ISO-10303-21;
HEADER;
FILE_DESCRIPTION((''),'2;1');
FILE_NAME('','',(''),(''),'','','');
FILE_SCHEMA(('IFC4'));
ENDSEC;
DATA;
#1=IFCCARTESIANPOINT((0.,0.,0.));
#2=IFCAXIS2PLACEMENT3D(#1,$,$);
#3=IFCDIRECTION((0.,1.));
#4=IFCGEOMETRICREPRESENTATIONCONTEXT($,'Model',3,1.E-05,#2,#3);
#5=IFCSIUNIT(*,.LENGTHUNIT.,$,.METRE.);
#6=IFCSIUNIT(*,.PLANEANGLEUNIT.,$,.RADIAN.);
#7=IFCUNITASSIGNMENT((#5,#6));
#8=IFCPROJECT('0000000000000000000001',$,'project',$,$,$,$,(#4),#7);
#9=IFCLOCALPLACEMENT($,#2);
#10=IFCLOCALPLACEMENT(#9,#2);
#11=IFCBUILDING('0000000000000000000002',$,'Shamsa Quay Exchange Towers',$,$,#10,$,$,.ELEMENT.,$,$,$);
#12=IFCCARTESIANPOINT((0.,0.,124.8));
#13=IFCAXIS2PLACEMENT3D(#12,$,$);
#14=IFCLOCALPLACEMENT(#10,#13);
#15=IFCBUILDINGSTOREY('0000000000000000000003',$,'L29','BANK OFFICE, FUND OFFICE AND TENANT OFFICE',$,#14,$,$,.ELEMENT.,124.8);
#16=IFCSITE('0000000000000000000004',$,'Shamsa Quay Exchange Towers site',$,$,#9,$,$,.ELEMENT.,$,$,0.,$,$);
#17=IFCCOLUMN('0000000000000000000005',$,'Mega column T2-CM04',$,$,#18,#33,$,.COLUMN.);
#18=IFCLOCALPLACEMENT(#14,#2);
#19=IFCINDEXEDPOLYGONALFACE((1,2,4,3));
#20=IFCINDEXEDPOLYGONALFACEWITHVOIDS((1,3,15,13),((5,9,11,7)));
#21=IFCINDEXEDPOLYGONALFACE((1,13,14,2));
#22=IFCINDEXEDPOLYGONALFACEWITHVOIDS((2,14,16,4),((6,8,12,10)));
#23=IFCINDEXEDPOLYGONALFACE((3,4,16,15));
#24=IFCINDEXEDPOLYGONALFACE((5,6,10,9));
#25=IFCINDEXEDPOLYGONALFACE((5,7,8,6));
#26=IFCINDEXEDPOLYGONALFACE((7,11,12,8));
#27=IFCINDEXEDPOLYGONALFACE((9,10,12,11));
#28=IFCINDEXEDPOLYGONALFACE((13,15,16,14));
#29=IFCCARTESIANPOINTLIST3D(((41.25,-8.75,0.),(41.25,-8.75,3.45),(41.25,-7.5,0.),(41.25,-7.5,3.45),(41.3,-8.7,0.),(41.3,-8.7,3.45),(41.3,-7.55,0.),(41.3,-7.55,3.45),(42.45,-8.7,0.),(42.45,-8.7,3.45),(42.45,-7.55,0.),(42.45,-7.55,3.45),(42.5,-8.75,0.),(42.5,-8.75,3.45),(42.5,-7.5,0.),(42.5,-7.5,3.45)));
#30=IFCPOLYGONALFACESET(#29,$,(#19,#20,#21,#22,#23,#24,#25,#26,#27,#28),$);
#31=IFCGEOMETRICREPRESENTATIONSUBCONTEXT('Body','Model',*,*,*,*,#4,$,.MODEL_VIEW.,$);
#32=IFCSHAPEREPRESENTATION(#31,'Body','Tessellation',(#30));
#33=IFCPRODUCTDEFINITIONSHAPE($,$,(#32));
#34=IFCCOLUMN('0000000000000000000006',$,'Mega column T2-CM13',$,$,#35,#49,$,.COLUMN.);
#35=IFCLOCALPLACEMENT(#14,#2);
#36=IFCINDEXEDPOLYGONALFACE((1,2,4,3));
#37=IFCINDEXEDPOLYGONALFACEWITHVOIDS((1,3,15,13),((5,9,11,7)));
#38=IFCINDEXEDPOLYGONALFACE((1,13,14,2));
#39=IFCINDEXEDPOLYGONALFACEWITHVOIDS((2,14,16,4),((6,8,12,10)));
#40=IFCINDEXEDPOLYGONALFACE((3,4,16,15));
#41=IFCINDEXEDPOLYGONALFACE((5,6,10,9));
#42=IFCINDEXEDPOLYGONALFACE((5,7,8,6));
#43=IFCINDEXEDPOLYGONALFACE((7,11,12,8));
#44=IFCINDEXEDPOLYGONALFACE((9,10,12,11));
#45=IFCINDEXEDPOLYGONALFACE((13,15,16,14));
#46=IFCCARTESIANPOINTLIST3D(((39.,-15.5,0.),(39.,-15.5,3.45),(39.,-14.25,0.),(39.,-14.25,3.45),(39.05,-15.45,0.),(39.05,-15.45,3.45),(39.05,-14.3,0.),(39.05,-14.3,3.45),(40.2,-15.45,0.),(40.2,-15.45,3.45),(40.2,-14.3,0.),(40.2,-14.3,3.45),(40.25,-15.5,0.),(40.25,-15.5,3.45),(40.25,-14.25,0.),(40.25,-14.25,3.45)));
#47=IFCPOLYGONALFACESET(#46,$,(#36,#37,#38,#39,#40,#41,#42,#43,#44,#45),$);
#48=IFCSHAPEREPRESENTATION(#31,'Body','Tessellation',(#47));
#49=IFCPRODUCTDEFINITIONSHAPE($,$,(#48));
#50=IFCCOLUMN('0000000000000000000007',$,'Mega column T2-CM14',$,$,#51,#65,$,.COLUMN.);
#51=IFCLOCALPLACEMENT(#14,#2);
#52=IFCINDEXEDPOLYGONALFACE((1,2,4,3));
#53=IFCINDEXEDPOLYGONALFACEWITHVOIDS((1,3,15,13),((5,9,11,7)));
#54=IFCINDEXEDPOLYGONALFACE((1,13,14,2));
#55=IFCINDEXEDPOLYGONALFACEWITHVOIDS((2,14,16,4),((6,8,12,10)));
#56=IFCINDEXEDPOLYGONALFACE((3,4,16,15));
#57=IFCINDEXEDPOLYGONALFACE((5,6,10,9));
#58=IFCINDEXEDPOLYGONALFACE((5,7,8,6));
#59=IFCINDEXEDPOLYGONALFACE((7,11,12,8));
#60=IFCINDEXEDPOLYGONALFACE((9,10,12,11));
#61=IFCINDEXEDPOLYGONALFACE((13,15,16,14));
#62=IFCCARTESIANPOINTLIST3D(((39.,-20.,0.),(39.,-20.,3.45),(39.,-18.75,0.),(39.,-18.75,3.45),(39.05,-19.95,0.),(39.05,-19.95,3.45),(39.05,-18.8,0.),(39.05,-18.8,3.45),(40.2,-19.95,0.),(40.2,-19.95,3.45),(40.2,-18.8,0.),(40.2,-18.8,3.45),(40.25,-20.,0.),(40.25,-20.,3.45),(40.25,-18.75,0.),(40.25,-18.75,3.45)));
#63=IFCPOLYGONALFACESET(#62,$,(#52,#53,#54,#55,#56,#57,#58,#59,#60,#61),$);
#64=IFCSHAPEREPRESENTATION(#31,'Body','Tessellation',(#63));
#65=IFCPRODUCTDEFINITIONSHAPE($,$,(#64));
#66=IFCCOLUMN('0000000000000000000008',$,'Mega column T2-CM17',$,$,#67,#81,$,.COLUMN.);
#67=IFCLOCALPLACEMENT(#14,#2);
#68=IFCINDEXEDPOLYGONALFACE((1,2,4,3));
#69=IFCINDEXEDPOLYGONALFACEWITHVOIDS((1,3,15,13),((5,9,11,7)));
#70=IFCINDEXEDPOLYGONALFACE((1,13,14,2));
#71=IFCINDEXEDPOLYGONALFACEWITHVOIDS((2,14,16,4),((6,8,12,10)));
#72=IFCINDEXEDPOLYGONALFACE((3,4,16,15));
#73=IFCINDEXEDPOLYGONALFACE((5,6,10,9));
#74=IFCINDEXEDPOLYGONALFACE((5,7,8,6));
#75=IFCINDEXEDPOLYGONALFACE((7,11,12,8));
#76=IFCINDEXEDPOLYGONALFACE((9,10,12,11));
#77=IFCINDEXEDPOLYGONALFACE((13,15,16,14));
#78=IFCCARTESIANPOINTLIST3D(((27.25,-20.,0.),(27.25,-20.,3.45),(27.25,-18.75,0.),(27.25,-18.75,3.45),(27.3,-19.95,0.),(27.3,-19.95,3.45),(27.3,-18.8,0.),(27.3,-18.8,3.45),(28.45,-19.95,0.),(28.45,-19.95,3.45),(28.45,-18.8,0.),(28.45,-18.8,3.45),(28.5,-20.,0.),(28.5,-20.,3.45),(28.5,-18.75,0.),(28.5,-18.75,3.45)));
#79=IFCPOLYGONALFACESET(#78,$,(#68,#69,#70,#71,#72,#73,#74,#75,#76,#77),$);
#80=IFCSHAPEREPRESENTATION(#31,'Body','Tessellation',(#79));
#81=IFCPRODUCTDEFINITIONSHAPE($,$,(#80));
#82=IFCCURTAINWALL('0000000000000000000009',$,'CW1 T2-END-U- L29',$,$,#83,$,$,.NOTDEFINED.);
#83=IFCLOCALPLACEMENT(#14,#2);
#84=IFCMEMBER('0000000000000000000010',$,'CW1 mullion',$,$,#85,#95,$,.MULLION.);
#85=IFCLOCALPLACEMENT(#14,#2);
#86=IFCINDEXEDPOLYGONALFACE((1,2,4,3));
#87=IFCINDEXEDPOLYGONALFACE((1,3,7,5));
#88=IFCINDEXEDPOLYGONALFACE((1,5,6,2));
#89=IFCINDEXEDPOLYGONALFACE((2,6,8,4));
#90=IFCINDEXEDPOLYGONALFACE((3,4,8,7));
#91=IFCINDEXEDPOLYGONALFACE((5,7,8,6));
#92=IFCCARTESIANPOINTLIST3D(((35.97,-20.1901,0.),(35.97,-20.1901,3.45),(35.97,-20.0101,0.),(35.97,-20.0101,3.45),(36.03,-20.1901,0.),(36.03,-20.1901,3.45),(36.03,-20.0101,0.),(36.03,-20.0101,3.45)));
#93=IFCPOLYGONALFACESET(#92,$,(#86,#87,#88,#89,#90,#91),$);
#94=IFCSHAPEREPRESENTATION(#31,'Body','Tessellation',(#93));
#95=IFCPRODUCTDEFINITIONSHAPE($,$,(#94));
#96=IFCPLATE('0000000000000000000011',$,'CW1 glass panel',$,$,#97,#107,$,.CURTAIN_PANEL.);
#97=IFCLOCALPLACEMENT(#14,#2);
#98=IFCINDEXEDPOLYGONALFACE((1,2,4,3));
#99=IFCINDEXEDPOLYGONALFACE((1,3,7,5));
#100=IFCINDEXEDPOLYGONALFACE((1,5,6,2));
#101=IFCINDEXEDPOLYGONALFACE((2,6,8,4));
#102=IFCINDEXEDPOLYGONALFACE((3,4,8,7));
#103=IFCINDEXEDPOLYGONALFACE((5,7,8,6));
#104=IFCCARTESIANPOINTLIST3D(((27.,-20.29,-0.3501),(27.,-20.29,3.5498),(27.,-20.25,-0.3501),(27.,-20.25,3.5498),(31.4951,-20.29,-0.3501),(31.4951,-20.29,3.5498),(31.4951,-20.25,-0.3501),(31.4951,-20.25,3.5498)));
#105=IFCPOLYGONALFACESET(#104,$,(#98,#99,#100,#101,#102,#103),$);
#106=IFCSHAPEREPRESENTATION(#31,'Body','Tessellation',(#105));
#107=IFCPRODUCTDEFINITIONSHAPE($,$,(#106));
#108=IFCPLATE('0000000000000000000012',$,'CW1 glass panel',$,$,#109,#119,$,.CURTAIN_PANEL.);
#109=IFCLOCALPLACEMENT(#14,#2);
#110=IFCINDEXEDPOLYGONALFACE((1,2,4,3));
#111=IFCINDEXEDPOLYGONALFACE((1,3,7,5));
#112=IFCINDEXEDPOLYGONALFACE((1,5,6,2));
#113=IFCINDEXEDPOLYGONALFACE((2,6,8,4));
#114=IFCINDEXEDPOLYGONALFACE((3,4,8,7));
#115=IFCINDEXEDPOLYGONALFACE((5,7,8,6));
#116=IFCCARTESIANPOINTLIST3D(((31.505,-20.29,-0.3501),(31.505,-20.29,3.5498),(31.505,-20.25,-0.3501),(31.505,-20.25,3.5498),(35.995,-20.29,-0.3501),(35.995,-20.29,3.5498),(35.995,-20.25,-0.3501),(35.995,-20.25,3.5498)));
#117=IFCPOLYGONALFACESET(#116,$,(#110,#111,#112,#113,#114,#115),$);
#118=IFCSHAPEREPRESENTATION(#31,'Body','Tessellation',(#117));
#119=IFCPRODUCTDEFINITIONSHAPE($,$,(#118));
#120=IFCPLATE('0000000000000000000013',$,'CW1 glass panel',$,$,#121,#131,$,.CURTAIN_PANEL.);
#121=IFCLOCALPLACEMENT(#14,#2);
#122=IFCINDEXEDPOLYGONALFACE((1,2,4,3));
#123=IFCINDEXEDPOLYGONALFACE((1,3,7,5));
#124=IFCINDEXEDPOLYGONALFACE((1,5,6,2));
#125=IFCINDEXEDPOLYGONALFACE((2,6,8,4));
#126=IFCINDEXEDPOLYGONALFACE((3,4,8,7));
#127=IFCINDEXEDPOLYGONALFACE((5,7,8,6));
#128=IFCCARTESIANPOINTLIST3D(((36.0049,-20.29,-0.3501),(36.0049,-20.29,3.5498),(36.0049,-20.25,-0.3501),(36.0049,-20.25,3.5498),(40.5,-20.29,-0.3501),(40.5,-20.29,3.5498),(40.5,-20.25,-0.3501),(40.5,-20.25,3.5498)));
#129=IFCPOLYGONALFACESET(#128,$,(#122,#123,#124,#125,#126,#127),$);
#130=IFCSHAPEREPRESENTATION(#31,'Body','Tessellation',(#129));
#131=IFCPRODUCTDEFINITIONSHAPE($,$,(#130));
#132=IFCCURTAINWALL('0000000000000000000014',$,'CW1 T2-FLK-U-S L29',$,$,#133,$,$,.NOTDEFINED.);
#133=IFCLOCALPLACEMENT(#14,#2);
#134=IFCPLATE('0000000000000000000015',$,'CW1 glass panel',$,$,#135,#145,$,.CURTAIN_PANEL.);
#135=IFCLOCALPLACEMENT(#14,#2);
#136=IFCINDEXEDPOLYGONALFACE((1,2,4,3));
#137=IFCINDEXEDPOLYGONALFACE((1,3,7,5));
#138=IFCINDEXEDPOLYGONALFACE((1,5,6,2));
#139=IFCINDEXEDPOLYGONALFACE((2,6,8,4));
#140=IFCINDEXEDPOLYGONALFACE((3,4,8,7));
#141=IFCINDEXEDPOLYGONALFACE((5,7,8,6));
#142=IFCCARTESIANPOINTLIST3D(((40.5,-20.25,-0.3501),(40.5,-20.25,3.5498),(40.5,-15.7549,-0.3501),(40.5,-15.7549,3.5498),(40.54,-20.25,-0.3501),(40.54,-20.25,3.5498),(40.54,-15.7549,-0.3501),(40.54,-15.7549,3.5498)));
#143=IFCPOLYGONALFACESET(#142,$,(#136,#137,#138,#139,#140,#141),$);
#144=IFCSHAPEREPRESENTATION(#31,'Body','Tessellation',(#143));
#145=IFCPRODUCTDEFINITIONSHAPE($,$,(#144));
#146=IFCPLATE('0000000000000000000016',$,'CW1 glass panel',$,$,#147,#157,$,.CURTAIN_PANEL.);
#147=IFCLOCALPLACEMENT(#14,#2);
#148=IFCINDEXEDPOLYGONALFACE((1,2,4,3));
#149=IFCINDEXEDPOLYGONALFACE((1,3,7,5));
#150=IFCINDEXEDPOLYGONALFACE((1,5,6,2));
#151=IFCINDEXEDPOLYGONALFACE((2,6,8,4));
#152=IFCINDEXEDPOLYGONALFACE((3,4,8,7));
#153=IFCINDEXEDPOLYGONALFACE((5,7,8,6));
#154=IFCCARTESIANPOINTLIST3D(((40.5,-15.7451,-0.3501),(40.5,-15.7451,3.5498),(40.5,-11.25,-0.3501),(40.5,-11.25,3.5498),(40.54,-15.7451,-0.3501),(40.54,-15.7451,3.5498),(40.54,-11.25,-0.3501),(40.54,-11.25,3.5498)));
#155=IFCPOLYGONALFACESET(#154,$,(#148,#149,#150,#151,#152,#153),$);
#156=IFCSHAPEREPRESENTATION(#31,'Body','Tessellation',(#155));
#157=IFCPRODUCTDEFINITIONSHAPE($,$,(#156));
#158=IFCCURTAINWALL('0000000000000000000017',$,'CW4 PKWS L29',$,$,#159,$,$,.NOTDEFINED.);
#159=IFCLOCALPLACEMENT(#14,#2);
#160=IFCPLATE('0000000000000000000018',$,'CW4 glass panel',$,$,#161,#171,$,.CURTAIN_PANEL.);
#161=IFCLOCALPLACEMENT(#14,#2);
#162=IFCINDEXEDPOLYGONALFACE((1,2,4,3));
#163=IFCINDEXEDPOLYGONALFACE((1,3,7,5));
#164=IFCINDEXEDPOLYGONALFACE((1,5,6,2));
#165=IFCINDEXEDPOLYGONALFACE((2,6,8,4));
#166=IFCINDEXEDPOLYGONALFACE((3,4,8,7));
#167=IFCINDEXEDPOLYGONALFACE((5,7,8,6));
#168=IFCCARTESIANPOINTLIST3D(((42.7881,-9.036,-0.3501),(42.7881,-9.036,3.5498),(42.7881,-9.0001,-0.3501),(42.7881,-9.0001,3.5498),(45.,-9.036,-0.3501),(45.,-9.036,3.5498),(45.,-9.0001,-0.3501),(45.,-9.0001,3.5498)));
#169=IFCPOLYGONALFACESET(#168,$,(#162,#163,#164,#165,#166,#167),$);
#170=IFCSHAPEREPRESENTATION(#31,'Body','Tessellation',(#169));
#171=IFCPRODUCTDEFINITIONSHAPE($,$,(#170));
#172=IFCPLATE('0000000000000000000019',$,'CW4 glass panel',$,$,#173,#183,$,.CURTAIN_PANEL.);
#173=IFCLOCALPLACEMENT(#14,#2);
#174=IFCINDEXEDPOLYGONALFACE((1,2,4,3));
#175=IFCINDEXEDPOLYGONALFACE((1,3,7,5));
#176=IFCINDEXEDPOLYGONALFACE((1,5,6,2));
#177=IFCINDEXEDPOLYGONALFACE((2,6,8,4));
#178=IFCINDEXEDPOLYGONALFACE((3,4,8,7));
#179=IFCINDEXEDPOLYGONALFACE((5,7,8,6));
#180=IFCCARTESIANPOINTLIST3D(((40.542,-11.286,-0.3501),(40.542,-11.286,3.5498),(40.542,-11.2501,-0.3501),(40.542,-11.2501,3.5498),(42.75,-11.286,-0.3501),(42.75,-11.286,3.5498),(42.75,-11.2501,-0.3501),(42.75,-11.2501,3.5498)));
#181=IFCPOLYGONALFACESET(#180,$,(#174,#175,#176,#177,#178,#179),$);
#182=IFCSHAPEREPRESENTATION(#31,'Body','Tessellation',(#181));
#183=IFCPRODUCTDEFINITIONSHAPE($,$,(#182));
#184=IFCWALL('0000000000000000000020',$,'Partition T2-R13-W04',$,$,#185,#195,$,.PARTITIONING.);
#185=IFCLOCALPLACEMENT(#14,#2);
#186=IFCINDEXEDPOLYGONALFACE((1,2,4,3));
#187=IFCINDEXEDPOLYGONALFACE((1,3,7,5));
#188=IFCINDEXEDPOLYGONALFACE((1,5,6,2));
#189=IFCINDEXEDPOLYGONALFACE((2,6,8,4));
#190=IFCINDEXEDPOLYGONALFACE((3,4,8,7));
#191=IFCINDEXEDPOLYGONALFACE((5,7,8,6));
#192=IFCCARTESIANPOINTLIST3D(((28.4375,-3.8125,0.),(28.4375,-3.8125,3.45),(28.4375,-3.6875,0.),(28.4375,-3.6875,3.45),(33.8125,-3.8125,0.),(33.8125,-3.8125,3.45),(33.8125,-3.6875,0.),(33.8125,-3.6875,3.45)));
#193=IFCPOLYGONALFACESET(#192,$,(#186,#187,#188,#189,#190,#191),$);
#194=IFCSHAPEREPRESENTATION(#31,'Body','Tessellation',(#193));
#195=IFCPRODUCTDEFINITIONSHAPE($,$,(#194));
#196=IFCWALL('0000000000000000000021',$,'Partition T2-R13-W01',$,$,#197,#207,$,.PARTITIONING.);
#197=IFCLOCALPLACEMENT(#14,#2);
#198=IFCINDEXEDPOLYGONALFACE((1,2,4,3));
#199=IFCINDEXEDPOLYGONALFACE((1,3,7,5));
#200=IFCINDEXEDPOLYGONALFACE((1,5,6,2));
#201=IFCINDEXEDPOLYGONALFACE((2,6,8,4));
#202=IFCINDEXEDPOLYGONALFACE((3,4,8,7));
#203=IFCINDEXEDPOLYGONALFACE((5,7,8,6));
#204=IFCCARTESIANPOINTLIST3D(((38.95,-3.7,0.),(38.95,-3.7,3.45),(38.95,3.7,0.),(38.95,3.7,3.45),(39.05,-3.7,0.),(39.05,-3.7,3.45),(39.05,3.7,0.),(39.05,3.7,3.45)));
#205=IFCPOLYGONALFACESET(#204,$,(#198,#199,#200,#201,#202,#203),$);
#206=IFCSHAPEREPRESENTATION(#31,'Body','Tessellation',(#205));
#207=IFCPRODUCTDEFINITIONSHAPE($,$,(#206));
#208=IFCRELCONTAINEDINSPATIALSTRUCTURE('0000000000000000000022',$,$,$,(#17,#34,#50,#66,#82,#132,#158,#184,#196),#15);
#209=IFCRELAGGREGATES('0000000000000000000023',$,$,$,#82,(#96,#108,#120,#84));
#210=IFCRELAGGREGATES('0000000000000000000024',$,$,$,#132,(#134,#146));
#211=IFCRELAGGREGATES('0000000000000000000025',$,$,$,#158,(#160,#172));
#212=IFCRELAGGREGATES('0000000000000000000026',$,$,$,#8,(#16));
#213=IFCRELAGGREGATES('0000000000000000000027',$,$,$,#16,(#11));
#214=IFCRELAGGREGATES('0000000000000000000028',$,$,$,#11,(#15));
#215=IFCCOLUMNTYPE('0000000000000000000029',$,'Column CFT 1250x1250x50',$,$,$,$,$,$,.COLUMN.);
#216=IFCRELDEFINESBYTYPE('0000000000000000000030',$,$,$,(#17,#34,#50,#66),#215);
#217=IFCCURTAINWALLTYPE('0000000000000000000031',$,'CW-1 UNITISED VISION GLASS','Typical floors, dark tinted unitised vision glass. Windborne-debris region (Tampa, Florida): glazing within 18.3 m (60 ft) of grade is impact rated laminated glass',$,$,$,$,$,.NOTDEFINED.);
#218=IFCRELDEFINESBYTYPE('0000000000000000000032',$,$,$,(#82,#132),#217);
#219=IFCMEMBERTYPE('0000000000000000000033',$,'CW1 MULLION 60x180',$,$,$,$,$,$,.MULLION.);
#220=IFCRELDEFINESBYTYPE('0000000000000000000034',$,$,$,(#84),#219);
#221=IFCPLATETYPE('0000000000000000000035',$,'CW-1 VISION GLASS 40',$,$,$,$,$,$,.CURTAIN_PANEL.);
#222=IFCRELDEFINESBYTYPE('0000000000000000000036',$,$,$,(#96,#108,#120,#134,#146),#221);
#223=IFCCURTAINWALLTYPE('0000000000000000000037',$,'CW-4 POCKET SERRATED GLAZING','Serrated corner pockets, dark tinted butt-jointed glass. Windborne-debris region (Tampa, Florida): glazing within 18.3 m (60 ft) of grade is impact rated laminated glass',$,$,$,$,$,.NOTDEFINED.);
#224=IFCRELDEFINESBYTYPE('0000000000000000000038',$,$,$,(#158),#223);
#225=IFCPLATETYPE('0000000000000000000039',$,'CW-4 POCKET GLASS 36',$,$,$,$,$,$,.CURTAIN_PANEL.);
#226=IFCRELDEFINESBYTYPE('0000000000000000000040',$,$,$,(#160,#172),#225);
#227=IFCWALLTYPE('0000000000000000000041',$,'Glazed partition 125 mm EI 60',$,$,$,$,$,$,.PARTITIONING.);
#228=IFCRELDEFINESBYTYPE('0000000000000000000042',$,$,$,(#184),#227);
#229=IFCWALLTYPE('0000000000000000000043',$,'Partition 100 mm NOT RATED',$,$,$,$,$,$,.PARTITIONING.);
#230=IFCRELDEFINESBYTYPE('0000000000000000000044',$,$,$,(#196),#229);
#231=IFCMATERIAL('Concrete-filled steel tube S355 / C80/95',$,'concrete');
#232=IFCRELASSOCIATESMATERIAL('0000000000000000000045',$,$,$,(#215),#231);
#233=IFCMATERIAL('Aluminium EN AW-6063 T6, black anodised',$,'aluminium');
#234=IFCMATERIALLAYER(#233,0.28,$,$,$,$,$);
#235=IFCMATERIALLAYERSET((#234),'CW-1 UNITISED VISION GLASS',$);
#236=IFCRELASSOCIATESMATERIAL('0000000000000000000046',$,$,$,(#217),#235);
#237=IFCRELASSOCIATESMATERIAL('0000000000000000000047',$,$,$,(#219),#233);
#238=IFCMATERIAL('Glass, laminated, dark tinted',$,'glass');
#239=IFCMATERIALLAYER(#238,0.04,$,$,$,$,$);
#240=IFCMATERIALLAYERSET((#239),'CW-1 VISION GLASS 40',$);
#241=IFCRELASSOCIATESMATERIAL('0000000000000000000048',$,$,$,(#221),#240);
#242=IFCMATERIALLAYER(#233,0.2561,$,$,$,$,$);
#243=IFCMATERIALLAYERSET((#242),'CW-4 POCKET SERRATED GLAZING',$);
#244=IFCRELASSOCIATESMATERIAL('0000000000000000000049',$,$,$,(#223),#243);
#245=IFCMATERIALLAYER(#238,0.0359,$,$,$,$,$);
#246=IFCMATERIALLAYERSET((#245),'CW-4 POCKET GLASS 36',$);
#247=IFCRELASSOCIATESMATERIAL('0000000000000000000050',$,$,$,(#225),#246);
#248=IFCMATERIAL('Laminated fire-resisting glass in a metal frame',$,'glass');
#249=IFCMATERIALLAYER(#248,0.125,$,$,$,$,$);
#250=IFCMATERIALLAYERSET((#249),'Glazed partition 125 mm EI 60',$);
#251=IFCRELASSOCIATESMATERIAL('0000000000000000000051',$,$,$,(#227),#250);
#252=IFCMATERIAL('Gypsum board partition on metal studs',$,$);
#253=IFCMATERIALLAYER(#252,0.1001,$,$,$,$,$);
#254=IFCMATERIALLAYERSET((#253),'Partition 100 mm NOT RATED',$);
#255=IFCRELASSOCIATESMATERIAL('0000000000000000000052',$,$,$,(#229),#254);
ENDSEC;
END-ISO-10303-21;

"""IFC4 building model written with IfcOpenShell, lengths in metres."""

from ifc_helpers import new_model, si_unit, direction, frame, frame_2d, origin, origin_2d, place, context, subcontext, project, spatial, rectangle, hollow_rectangle, extrude, material, layer, layer_set, material_profile, profile_set, type_object, element, aggregate, save


model = new_model("IFC4")

# Units and contexts
model_context = context("Model", 3, precision=1e-05, world=origin(), true_north=direction((0.0, 1.0)))
body_context = subcontext(model_context, "Body", "Model", "MODEL_VIEW")
ifc_project = project(units=[si_unit("LENGTHUNIT", "METRE"), si_unit("PLANEANGLEUNIT", "RADIAN")], contexts=[model_context])

# Site, building, storey
site_placement = place(None, origin())
site = spatial("IfcSite", under=ifc_project, at=site_placement, Name="Shamsa Quay Exchange Towers site", CompositionType="ELEMENT", RefElevation=0.0)
building_placement = place(site_placement, origin())
building = spatial("IfcBuilding", under=site, at=building_placement, Name="Shamsa Quay Exchange Towers", CompositionType="ELEMENT")
storey_placement = place(building_placement, frame((0.0, 0.0, 124.8)))
storey = spatial("IfcBuildingStorey", under=building, at=storey_placement, Name="L29", Description="BANK OFFICE, FUND OFFICE AND TENANT OFFICE", CompositionType="ELEMENT", Elevation=124.8)

# Columns
ifc_material_1 = material(Name="Concrete-filled steel tube S355 / C80/95", Category="concrete")
ifc_material_profile_1 = material_profile(ifc_material_1, hollow_rectangle(XDim=1.25, YDim=1.25, WallThickness=0.05, at=origin_2d()), Name="CFT 1250x1250x50")
ifc_profile_set_1 = profile_set([ifc_material_profile_1], Name="Concrete-filled steel tube S355 / C80/95")
column_type = type_object("IfcColumnType", Name="Column CFT 1250x1250x50", PredefinedType="COLUMN", material=ifc_profile_set_1)
for number, where, name in (
    (1, (41.875, -8.125, 0.0), "Mega column T2-CM04"),
    (2, (39.625, -14.875, 0.0), "Mega column T2-CM13"),
    (3, (39.625, -19.375, 0.0), "Mega column T2-CM14"),
    (4, (27.875, -19.375, 0.0), "Mega column T2-CM17"),
):
    element("IfcColumn", number, at=place(storey_placement, frame(where)), inside=storey, type_object=column_type, Name=name, PredefinedType="COLUMN", context=body_context, shape_type="SweptSolid", body=[
        extrude(hollow_rectangle(XDim=1.25, YDim=1.25, WallThickness=0.05, at=origin_2d()), origin(), (0.0, 0.0, 1.0), 3.45),
    ])

# Curtain wall, member, plates
ifc_material_2 = material(Name="Aluminium EN AW-6063 T6, black anodised", Category="aluminium")
ifc_layer_1 = layer(ifc_material_2, 0.28)
ifc_layer_set_1 = layer_set([ifc_layer_1], Name="CW-1 UNITISED VISION GLASS")
curtain_wall_type_1 = type_object("IfcCurtainWallType", Name="CW-1 UNITISED VISION GLASS", Description="Typical floors, dark tinted unitised vision glass. Windborne-debris region (Tampa, Florida): glazing within 18.3 m (60 ft) of grade is impact rated laminated glass", PredefinedType="NOTDEFINED", material=ifc_layer_set_1)
curtain_wall_1_placement = place(storey_placement, origin())
curtain_wall_1 = element("IfcCurtainWall", 5, at=curtain_wall_1_placement, inside=storey, type_object=curtain_wall_type_1, Name="CW1 T2-END-U- L29", PredefinedType="NOTDEFINED")
ifc_material_profile_2 = material_profile(ifc_material_2, rectangle(XDim=0.1799, YDim=0.0601, at=origin_2d()), Name="MU60x180")
ifc_profile_set_2 = profile_set([ifc_material_profile_2], Name="Aluminium EN AW-6063 T6, black anodised")
member_type = type_object("IfcMemberType", Name="CW1 MULLION 60x180", PredefinedType="MULLION", material=ifc_profile_set_2)
member_placement = place(storey_placement, frame((36.0, -20.1001, 0.0), z_axis=(0.0, 0.0, 1.0), x_axis=(0.0, 1.0, 0.0)))
member = element("IfcMember", 6, at=member_placement, type_object=member_type, Name="CW1 mullion", PredefinedType="MULLION", context=body_context, shape_type="SweptSolid", body=[
    extrude(rectangle(XDim=0.1799, YDim=0.0601, at=origin_2d()), origin(), (0.0, 0.0, 1.0), 3.45),
])
ifc_material_3 = material(Name="Glass, laminated, dark tinted", Category="glass")
ifc_layer_2 = layer(ifc_material_3, 0.04)
ifc_layer_set_2 = layer_set([ifc_layer_2], Name="CW-1 VISION GLASS 40")
plate_type_1 = type_object("IfcPlateType", Name="CW-1 VISION GLASS 40", PredefinedType="CURTAIN_PANEL", material=ifc_layer_set_2)
plate_1_placement = place(storey_placement, frame((29.2476, -20.27, -0.3501)))
plate_1 = element("IfcPlate", 7, at=plate_1_placement, type_object=plate_type_1, Name="CW1 glass panel", PredefinedType="CURTAIN_PANEL", context=body_context, shape_type="SweptSolid", body=[
    extrude(rectangle(XDim=4.4951, YDim=0.04, at=origin_2d()), origin(), (0.0, 0.0, 1.0), 3.8999),
])
plate_2_placement = place(storey_placement, frame((33.75, -20.27, -0.3501)))
plate_2 = element("IfcPlate", 8, at=plate_2_placement, type_object=plate_type_1, Name="CW1 glass panel", PredefinedType="CURTAIN_PANEL", context=body_context, shape_type="SweptSolid", body=[
    extrude(rectangle(XDim=4.49, YDim=0.04, at=origin_2d()), origin(), (0.0, 0.0, 1.0), 3.8999),
])
plate_3_placement = place(storey_placement, frame((38.2524, -20.27, -0.3501)))
plate_3 = element("IfcPlate", 9, at=plate_3_placement, type_object=plate_type_1, Name="CW1 glass panel", PredefinedType="CURTAIN_PANEL", context=body_context, shape_type="SweptSolid", body=[
    extrude(rectangle(XDim=4.4951, YDim=0.04, at=origin_2d()), origin(), (0.0, 0.0, 1.0), 3.8999),
])
aggregate(curtain_wall_1, [plate_1, plate_2, plate_3, member])

# Curtain walls, plates
curtain_wall_2_placement = place(storey_placement, origin())
curtain_wall_2 = element("IfcCurtainWall", 10, at=curtain_wall_2_placement, inside=storey, type_object=curtain_wall_type_1, Name="CW1 T2-FLK-U-S L29", PredefinedType="NOTDEFINED")
plate_4_placement = place(storey_placement, frame((40.52, -18.0024, -0.3501), z_axis=(0.0, 0.0, 1.0), x_axis=(0.0, 1.0, 0.0)))
plate_4 = element("IfcPlate", 11, at=plate_4_placement, type_object=plate_type_1, Name="CW1 glass panel", PredefinedType="CURTAIN_PANEL", context=body_context, shape_type="SweptSolid", body=[
    extrude(rectangle(XDim=4.4951, YDim=0.04, at=origin_2d()), origin(), (0.0, 0.0, 1.0), 3.8999),
])
plate_5_placement = place(storey_placement, frame((40.52, -13.4976, -0.3501), z_axis=(0.0, 0.0, 1.0), x_axis=(0.0, 1.0, 0.0)))
plate_5 = element("IfcPlate", 12, at=plate_5_placement, type_object=plate_type_1, Name="CW1 glass panel", PredefinedType="CURTAIN_PANEL", context=body_context, shape_type="SweptSolid", body=[
    extrude(rectangle(XDim=4.4951, YDim=0.04, at=origin_2d()), origin(), (0.0, 0.0, 1.0), 3.8999),
])
aggregate(curtain_wall_2, [plate_4, plate_5])
ifc_layer_3 = layer(ifc_material_2, 0.2561)
ifc_layer_set_3 = layer_set([ifc_layer_3], Name="CW-4 POCKET SERRATED GLAZING")
curtain_wall_type_2 = type_object("IfcCurtainWallType", Name="CW-4 POCKET SERRATED GLAZING", Description="Serrated corner pockets, dark tinted butt-jointed glass. Windborne-debris region (Tampa, Florida): glazing within 18.3 m (60 ft) of grade is impact rated laminated glass", PredefinedType="NOTDEFINED", material=ifc_layer_set_3)
curtain_wall_3_placement = place(storey_placement, origin())
curtain_wall_3 = element("IfcCurtainWall", 13, at=curtain_wall_3_placement, inside=storey, type_object=curtain_wall_type_2, Name="CW4 PKWS L29", PredefinedType="NOTDEFINED")
ifc_layer_4 = layer(ifc_material_3, 0.0359)
ifc_layer_set_4 = layer_set([ifc_layer_4], Name="CW-4 POCKET GLASS 36")
plate_type_2 = type_object("IfcPlateType", Name="CW-4 POCKET GLASS 36", PredefinedType="CURTAIN_PANEL", material=ifc_layer_set_4)
plate_6_placement = place(storey_placement, frame((43.894, -9.0181, -0.3501)))
plate_6 = element("IfcPlate", 14, at=plate_6_placement, type_object=plate_type_2, Name="CW4 glass panel", PredefinedType="CURTAIN_PANEL", context=body_context, shape_type="SweptSolid", body=[
    extrude(rectangle(XDim=2.2119, YDim=0.0359, at=origin_2d()), origin(), (0.0, 0.0, 1.0), 3.8999),
])
plate_7_placement = place(storey_placement, frame((41.646, -11.2681, -0.3501)))
plate_7 = element("IfcPlate", 15, at=plate_7_placement, type_object=plate_type_2, Name="CW4 glass panel", PredefinedType="CURTAIN_PANEL", context=body_context, shape_type="SweptSolid", body=[
    extrude(rectangle(XDim=2.208, YDim=0.0359, at=origin_2d()), origin(), (0.0, 0.0, 1.0), 3.8999),
])
aggregate(curtain_wall_3, [plate_6, plate_7])

# Walls
ifc_material_4 = material(Name="Laminated fire-resisting glass in a metal frame", Category="glass")
ifc_layer_5 = layer(ifc_material_4, 0.125)
ifc_layer_set_5 = layer_set([ifc_layer_5], Name="Glazed partition 125 mm EI 60")
wall_type_1 = type_object("IfcWallType", Name="Glazed partition 125 mm EI 60", PredefinedType="PARTITIONING", material=ifc_layer_set_5)
wall_1_placement = place(storey_placement, frame((28.4375, -3.75, 0.0)))
element("IfcWall", 16, at=wall_1_placement, inside=storey, type_object=wall_type_1, Name="Partition T2-R13-W04", PredefinedType="PARTITIONING", context=body_context, shape_type="SweptSolid", body=[
    extrude(rectangle(XDim=5.375, YDim=0.125, at=frame_2d((2.6875, 0.0))), origin(), (0.0, 0.0, 1.0), 3.45),
])
ifc_material_5 = material(Name="Gypsum board partition on metal studs")
ifc_layer_6 = layer(ifc_material_5, 0.1001)
ifc_layer_set_6 = layer_set([ifc_layer_6], Name="Partition 100 mm NOT RATED")
wall_type_2 = type_object("IfcWallType", Name="Partition 100 mm NOT RATED", PredefinedType="PARTITIONING", material=ifc_layer_set_6)
wall_2_placement = place(storey_placement, frame((39.0, -3.7, 0.0), z_axis=(0.0, 0.0, 1.0), x_axis=(0.0, 1.0, 0.0)))
element("IfcWall", 17, at=wall_2_placement, inside=storey, type_object=wall_type_2, Name="Partition T2-R13-W01", PredefinedType="PARTITIONING", context=body_context, shape_type="SweptSolid", body=[
    extrude(rectangle(XDim=7.3999, YDim=0.1001, at=frame_2d((3.7, 0.0))), origin(), (0.0, 0.0, 1.0), 3.45),
])

save(model, "model.ifc")
